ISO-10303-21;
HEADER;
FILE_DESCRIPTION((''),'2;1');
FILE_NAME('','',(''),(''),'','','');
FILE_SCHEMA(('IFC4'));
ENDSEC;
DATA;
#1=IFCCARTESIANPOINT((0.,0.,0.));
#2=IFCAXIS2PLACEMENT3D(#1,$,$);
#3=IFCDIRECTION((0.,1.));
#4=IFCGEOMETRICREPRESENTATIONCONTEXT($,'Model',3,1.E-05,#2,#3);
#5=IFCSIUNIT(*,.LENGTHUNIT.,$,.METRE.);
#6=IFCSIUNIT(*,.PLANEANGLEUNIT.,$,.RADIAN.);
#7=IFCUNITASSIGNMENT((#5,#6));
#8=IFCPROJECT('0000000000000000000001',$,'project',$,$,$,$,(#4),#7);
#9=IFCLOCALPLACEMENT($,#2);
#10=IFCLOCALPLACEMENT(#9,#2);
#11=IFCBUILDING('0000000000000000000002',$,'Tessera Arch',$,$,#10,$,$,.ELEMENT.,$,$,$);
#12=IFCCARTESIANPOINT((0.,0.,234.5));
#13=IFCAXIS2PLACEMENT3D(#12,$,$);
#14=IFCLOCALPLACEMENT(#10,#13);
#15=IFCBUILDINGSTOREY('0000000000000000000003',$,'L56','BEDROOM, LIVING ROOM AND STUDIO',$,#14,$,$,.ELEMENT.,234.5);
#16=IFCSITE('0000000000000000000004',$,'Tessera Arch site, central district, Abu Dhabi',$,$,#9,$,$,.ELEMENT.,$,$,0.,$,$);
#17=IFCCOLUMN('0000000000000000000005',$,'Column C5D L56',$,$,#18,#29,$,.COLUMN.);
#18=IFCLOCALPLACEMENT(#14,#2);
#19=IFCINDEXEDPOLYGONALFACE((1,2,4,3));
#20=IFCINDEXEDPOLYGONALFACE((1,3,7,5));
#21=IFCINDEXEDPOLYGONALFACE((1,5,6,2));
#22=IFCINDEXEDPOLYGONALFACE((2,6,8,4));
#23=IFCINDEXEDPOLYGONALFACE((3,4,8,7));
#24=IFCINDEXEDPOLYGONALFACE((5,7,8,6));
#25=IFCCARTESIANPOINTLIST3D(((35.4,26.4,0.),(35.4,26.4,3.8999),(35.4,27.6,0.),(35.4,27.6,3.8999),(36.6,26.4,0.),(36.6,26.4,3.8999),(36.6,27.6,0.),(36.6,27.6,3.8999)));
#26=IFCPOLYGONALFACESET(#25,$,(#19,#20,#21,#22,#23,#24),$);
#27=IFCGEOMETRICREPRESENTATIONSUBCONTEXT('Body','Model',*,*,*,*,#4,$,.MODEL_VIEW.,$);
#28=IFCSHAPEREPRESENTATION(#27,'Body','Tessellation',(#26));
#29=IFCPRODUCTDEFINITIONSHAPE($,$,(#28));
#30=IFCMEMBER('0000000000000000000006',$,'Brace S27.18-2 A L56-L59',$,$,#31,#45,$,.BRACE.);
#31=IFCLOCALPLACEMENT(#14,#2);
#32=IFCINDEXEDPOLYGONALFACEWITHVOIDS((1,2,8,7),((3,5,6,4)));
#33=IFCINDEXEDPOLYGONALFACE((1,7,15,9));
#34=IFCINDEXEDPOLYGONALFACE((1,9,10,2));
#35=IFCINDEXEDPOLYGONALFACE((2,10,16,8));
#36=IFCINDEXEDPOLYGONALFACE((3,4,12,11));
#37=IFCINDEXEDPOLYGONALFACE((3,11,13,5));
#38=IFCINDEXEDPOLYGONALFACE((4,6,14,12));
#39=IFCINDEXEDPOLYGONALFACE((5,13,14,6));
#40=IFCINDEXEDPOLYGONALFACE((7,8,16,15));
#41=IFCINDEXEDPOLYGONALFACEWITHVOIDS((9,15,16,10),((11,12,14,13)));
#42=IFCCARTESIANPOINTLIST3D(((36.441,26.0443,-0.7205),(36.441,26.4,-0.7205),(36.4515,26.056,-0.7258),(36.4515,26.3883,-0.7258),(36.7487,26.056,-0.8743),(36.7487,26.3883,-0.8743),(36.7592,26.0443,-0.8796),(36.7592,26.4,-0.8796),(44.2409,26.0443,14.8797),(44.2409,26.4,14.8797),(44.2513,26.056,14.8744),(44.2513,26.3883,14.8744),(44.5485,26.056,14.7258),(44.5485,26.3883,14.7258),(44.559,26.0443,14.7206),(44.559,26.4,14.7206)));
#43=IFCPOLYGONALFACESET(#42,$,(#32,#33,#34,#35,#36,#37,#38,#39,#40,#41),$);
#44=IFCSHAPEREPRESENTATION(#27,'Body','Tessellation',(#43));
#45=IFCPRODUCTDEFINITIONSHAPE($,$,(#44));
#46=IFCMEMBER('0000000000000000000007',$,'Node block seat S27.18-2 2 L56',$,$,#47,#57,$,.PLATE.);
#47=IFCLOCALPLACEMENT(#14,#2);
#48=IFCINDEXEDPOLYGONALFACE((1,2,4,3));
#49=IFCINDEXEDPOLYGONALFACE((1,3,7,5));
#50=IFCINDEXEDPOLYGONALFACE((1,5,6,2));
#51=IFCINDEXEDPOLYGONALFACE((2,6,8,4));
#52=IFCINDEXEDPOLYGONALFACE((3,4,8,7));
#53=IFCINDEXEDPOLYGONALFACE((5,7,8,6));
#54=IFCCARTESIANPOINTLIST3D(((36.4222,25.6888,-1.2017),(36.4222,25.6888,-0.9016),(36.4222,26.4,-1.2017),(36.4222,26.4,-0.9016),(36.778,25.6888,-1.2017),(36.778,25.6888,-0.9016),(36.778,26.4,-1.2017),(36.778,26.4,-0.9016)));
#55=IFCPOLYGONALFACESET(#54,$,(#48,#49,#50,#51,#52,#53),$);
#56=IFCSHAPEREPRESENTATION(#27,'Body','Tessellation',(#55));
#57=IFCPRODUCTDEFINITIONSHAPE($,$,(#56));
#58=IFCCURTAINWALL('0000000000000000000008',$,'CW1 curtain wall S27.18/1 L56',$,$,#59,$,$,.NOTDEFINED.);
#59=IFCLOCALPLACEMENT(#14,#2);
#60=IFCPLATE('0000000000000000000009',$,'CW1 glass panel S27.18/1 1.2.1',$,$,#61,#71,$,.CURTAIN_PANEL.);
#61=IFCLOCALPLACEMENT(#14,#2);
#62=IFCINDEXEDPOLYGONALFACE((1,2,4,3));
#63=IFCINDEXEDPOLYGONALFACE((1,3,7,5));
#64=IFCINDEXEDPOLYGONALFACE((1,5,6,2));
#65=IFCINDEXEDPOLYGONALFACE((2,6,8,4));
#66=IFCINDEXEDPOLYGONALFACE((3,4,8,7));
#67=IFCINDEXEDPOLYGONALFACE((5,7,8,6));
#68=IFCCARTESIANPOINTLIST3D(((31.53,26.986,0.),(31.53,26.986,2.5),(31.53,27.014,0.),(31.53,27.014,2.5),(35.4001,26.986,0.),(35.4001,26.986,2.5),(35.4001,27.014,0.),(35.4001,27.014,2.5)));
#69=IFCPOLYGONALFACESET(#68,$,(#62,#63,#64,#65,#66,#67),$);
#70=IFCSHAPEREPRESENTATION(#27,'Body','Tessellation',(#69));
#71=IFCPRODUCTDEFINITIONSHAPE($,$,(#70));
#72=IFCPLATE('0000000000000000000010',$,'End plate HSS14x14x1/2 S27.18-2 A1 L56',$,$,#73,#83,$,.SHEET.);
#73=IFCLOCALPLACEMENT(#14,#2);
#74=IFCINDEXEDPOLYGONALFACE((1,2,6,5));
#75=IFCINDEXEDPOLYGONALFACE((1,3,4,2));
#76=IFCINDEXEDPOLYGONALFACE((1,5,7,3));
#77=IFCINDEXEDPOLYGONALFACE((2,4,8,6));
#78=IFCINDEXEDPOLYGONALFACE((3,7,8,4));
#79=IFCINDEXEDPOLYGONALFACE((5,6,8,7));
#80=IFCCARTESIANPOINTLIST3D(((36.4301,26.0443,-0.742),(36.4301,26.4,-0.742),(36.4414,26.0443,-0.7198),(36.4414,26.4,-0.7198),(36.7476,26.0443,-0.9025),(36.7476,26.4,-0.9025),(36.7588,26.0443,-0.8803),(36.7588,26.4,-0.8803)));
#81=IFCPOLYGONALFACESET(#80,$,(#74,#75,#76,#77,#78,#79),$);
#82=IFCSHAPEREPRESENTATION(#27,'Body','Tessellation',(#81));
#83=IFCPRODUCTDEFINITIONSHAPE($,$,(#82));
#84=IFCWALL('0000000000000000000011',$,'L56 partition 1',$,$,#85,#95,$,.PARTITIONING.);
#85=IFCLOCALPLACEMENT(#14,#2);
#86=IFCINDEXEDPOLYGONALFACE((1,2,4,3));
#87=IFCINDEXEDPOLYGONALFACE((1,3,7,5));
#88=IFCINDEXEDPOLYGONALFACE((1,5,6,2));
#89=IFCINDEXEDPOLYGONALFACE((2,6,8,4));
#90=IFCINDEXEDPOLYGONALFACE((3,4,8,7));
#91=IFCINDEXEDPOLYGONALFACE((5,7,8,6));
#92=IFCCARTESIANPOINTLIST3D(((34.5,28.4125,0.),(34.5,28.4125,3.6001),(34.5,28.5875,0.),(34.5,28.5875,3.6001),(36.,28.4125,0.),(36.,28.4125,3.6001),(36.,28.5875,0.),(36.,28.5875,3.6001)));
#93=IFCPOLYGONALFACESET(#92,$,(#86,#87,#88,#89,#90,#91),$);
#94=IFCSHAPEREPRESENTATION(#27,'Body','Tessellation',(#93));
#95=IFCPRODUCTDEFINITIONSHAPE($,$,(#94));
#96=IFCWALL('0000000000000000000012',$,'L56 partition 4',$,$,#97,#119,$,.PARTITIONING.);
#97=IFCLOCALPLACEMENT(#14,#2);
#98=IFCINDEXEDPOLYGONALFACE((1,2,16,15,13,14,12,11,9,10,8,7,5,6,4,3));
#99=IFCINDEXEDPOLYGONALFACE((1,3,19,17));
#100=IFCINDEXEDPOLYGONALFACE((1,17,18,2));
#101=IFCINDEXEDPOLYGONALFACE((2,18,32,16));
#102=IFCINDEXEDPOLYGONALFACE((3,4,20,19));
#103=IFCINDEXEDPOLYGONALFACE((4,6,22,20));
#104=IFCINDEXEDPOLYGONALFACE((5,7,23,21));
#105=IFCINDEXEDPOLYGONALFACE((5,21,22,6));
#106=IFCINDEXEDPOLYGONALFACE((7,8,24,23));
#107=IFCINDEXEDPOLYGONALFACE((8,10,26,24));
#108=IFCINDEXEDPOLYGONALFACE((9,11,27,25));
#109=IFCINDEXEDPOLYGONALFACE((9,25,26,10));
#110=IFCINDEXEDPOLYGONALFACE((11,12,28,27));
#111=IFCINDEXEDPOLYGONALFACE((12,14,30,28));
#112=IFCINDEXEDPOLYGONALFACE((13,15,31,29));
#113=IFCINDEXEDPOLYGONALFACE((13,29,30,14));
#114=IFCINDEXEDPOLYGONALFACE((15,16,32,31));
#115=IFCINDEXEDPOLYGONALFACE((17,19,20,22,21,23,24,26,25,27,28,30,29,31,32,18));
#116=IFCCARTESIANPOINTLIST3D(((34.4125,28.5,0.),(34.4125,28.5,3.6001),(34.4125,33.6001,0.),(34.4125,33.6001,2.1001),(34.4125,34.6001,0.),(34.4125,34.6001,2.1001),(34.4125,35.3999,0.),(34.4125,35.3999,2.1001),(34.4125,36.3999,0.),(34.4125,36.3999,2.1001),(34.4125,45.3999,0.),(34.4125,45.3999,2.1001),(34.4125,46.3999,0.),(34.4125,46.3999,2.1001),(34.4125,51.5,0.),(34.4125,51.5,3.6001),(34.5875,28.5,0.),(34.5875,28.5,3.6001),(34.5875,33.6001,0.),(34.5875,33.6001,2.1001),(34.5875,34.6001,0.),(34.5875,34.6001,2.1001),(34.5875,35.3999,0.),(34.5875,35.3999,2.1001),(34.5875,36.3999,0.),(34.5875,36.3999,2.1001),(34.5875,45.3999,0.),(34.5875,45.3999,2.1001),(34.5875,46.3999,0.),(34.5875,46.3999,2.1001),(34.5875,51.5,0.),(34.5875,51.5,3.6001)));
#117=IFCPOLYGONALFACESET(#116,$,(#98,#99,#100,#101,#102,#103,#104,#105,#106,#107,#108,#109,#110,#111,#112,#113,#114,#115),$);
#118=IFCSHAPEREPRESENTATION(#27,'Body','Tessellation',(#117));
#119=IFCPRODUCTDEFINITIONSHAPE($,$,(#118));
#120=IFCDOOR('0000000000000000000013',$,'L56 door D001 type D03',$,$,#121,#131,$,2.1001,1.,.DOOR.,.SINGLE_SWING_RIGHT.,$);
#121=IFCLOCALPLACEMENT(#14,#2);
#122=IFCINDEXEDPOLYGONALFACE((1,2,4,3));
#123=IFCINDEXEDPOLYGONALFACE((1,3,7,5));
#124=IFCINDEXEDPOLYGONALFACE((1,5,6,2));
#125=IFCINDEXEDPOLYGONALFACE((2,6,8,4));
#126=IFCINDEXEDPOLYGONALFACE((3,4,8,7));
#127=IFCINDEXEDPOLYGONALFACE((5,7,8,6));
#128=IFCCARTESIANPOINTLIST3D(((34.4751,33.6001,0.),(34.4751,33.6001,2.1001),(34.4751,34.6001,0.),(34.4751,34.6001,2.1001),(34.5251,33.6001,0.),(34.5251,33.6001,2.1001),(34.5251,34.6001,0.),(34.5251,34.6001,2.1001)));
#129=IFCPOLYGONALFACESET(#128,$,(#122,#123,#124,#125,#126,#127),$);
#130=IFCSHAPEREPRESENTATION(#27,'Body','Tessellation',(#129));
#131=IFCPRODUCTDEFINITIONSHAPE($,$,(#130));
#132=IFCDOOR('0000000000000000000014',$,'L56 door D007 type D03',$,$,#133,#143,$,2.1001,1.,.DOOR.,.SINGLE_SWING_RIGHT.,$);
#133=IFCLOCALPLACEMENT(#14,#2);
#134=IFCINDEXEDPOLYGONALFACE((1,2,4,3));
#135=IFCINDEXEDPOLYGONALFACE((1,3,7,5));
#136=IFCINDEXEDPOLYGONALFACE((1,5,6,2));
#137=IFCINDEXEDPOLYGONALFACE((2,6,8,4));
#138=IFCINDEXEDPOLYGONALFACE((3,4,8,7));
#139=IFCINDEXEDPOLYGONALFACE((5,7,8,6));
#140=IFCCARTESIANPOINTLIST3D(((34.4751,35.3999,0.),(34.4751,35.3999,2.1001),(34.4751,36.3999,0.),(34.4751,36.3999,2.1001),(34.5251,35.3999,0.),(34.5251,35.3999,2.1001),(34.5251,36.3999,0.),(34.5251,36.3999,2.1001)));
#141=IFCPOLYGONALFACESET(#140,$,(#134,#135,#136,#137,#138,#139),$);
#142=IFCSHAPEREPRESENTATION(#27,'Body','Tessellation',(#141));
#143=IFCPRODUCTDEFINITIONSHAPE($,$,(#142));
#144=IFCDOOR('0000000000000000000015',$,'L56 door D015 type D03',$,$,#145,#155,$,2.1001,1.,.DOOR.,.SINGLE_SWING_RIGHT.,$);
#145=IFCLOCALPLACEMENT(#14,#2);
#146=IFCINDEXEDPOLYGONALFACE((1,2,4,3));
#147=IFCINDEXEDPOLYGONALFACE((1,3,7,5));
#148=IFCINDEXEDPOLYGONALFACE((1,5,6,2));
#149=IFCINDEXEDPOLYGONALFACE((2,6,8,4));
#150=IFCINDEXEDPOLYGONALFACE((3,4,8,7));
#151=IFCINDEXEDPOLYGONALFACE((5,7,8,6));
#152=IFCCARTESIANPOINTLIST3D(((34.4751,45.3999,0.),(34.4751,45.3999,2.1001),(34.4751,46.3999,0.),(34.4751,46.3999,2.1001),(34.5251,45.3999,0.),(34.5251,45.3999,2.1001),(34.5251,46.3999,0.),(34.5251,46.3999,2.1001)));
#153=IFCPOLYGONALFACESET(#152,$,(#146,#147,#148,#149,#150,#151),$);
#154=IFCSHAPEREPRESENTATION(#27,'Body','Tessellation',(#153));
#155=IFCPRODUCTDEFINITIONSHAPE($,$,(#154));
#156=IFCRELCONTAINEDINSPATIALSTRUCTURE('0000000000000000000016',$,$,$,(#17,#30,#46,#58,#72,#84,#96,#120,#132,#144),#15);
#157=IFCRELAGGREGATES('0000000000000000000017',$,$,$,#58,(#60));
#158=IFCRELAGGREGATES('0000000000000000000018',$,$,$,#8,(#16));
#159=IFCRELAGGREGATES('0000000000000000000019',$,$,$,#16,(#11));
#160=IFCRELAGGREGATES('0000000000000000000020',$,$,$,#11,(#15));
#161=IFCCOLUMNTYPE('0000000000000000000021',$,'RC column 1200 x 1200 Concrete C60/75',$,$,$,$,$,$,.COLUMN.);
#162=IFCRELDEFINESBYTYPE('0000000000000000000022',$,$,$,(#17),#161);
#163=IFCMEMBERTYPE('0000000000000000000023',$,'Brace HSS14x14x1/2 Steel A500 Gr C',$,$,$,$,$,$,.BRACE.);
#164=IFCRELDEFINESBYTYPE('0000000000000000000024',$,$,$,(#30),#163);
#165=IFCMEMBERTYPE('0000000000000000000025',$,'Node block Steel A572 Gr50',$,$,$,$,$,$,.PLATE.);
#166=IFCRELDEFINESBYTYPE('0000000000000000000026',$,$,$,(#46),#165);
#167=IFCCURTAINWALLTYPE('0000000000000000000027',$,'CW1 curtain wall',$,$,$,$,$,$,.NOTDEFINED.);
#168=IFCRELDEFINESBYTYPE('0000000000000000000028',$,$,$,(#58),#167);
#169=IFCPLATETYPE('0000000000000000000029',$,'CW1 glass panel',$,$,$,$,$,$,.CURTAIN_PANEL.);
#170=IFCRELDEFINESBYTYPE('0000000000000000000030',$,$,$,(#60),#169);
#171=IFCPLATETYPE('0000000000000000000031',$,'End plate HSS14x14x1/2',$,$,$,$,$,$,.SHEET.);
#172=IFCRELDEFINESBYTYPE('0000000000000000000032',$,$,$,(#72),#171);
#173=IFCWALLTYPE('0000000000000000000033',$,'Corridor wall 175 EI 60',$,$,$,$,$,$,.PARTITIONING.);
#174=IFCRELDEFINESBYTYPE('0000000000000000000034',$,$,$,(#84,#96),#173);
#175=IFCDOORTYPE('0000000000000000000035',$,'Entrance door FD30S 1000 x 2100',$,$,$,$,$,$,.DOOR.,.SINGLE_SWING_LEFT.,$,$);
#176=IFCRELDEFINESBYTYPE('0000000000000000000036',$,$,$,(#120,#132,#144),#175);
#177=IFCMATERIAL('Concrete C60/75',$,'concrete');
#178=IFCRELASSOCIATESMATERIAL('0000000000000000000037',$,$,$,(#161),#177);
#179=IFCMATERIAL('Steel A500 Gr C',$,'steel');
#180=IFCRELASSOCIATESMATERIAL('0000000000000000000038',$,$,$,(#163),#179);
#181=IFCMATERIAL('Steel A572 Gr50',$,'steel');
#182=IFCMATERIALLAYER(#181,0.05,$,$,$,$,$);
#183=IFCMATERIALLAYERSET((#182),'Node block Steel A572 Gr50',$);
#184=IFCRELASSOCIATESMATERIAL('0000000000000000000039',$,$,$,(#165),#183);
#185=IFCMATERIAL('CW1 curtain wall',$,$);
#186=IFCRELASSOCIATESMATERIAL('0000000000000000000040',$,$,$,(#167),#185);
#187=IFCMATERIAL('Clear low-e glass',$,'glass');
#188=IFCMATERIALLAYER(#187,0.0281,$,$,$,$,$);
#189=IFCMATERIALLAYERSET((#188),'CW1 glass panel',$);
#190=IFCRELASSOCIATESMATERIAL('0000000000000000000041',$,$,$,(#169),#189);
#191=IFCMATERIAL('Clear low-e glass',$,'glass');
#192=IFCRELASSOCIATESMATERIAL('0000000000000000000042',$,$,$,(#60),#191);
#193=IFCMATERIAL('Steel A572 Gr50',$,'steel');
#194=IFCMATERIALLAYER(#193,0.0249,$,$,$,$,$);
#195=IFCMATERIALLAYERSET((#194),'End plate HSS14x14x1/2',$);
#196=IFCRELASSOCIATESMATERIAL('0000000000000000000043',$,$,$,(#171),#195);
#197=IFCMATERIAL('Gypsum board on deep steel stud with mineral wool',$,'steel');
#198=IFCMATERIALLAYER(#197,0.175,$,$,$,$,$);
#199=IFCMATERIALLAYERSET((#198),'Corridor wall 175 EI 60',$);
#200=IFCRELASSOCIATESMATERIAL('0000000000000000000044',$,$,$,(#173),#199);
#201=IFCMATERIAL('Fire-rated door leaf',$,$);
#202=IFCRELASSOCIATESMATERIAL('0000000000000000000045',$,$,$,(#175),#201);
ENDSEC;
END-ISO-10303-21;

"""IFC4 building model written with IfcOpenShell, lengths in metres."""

from ifc_helpers import new_model, si_unit, direction, frame, frame_2d, origin, origin_2d, place, context, subcontext, project, spatial, rectangle, hollow_rectangle, extrude, material, layer, layer_set, material_profile, profile_set, type_object, element, fill, aggregate, save


model = new_model("IFC4")

# Units and contexts
model_context = context("Model", 3, precision=1e-05, world=origin(), true_north=direction((0.0, 1.0)))
body_context = subcontext(model_context, "Body", "Model", "MODEL_VIEW")
ifc_project = project(units=[si_unit("LENGTHUNIT", "METRE"), si_unit("PLANEANGLEUNIT", "RADIAN")], contexts=[model_context])

# Site, building, storey
site_placement = place(None, origin())
site = spatial("IfcSite", under=ifc_project, at=site_placement, Name="Tessera Arch site, central district, Abu Dhabi", CompositionType="ELEMENT", RefElevation=0.0)
building_placement = place(site_placement, origin())
building = spatial("IfcBuilding", under=site, at=building_placement, Name="Tessera Arch", CompositionType="ELEMENT")
storey_placement = place(building_placement, frame((0.0, 0.0, 234.5)))
storey = spatial("IfcBuildingStorey", under=building, at=storey_placement, Name="L56", Description="BEDROOM, LIVING ROOM AND STUDIO", CompositionType="ELEMENT", Elevation=234.5)

# Column
ifc_material_1 = material(Name="Concrete C60/75", Category="concrete")
ifc_material_profile_1 = material_profile(ifc_material_1, rectangle(XDim=1.2, YDim=1.2, at=origin_2d()), Name="RC column 1200 x 1200 Concrete C60/75")
ifc_profile_set_1 = profile_set([ifc_material_profile_1], Name="Concrete C60/75")
column_type = type_object("IfcColumnType", Name="RC column 1200 x 1200 Concrete C60/75", PredefinedType="COLUMN", material=ifc_profile_set_1)
column_placement = place(storey_placement, frame((36.0, 27.0, 0.0), z_axis=(0.0, 0.0, 1.0), x_axis=(1.0, 0.0, 0.0)))
element("IfcColumn", 1, at=column_placement, inside=storey, type_object=column_type, Name="Column C5D L56", PredefinedType="COLUMN", context=body_context, shape_type="SweptSolid", body=[
    extrude(rectangle(XDim=1.2, YDim=1.2, at=origin_2d()), origin(), (0.0, 0.0, 1.0), 3.8999),
])

# Members
ifc_material_2 = material(Name="Steel A500 Gr C", Category="steel")
ifc_material_profile_2 = material_profile(ifc_material_2, hollow_rectangle(XDim=0.3557, YDim=0.3557, WallThickness=0.0117, at=origin_2d()), Name="HSS14x14x1/2")
ifc_profile_set_2 = profile_set([ifc_material_profile_2], Name="Steel A500 Gr C")
member_type_1 = type_object("IfcMemberType", Name="Brace HSS14x14x1/2 Steel A500 Gr C", PredefinedType="BRACE", material=ifc_profile_set_2)
member_1_placement = place(storey_placement, frame((36.6001, 26.2222, -0.8), z_axis=(0.447202, 0.0, 0.894433), x_axis=(0.0, 1.0, 0.0)))
element("IfcMember", 2, at=member_1_placement, inside=storey, type_object=member_type_1, Name="Brace S27.18-2 A L56-L59", PredefinedType="BRACE", context=body_context, shape_type="SweptSolid", body=[
    extrude(hollow_rectangle(XDim=0.3557, YDim=0.3557, WallThickness=0.0117, at=origin_2d()), origin(), (0.0, 0.0, 1.0), 17.4414),
])
ifc_material_3 = material(Name="Steel A572 Gr50", Category="steel")
ifc_layer_1 = layer(ifc_material_3, 0.05)
ifc_layer_set_1 = layer_set([ifc_layer_1], Name="Node block Steel A572 Gr50")
member_type_2 = type_object("IfcMemberType", Name="Node block Steel A572 Gr50", PredefinedType="PLATE", material=ifc_layer_set_1)
member_2_placement = place(storey_placement, frame((36.6001, 26.0444, -1.2017), z_axis=(0.0, 0.0, 1.0), x_axis=(1.0, 0.0, 0.0)))
element("IfcMember", 3, at=member_2_placement, inside=storey, type_object=member_type_2, Name="Node block seat S27.18-2 2 L56", PredefinedType="PLATE", context=body_context, shape_type="SweptSolid", body=[
    extrude(rectangle(XDim=0.3557, YDim=0.7112, at=origin_2d()), origin(), (0.0, 0.0, 1.0), 0.3),
])

# Curtain wall, plate
ifc_material_4 = material(Name="CW1 curtain wall")
curtain_wall_type = type_object("IfcCurtainWallType", Name="CW1 curtain wall", PredefinedType="NOTDEFINED", material=ifc_material_4)
curtain_wall_placement = place(storey_placement, origin())
curtain_wall = element("IfcCurtainWall", 4, at=curtain_wall_placement, inside=storey, type_object=curtain_wall_type, Name="CW1 curtain wall S27.18/1 L56", PredefinedType="NOTDEFINED")
ifc_material_5 = material(Name="Clear low-e glass", Category="glass")
ifc_material_6 = material(Name="Clear low-e glass", Category="glass")
ifc_layer_2 = layer(ifc_material_6, 0.0281)
ifc_layer_set_2 = layer_set([ifc_layer_2], Name="CW1 glass panel")
plate_type_1 = type_object("IfcPlateType", Name="CW1 glass panel", PredefinedType="CURTAIN_PANEL", material=ifc_layer_set_2)
plate_1_placement = place(storey_placement, frame((33.4651, 27.0, 0.0), z_axis=(0.0, 0.0, 1.0), x_axis=(1.0, 0.0, 0.0)))
plate_1 = element("IfcPlate", 5, at=plate_1_placement, type_object=plate_type_1, material=ifc_material_5, Name="CW1 glass panel S27.18/1 1.2.1", PredefinedType="CURTAIN_PANEL", context=body_context, shape_type="SweptSolid", body=[
    extrude(rectangle(XDim=3.8701, YDim=0.0281, at=origin_2d()), origin(), (0.0, 0.0, 1.0), 2.5),
])
aggregate(curtain_wall, [plate_1])

# Plate
ifc_material_7 = material(Name="Steel A572 Gr50", Category="steel")
ifc_layer_3 = layer(ifc_material_7, 0.0249)
ifc_layer_set_3 = layer_set([ifc_layer_3], Name="End plate HSS14x14x1/2")
plate_type_2 = type_object("IfcPlateType", Name="End plate HSS14x14x1/2", PredefinedType="SHEET", material=ifc_layer_set_3)
plate_2_placement = place(storey_placement, frame((36.5889, 26.2222, -0.8223), z_axis=(0.451132, 0.0, 0.892457), x_axis=(0.0, 1.0, 0.0)))
element("IfcPlate", 6, at=plate_2_placement, inside=storey, type_object=plate_type_2, Name="End plate HSS14x14x1/2 S27.18-2 A1 L56", PredefinedType="SHEET", context=body_context, shape_type="SweptSolid", body=[
    extrude(rectangle(XDim=0.3557, YDim=0.3557, at=origin_2d()), origin(), (0.0, 0.0, 1.0), 0.0249),
])

# Wall
ifc_material_8 = material(Name="Gypsum board on deep steel stud with mineral wool", Category="steel")
ifc_layer_4 = layer(ifc_material_8, 0.175)
ifc_layer_set_4 = layer_set([ifc_layer_4], Name="Corridor wall 175 EI 60")
wall_type_1 = type_object("IfcWallType", Name="Corridor wall 175 EI 60", PredefinedType="PARTITIONING", material=ifc_layer_set_4)
wall_1_placement = place(storey_placement, frame((34.5, 28.5, 0.0), z_axis=(0.0, 0.0, 1.0), x_axis=(1.0, 0.0, 0.0)))
element("IfcWall", 7, at=wall_1_placement, inside=storey, type_object=wall_type_1, Name="L56 partition 1", PredefinedType="PARTITIONING", context=body_context, shape_type="SweptSolid", body=[
    extrude(rectangle(XDim=1.5, YDim=0.175, at=frame_2d((0.75, 0.0))), origin(), (0.0, 0.0, 1.0), 3.6001),
])

# Wall, openings, doors
wall_2_placement = place(storey_placement, frame((34.5, 28.5, 0.0), z_axis=(0.0, 0.0, 1.0), x_axis=(0.0, 1.0, 0.0)))
wall_2 = element("IfcWall", 8, at=wall_2_placement, inside=storey, type_object=wall_type_1, Name="L56 partition 4", PredefinedType="PARTITIONING", context=body_context, shape_type="SweptSolid", body=[
    extrude(rectangle(XDim=23.0, YDim=0.175, at=frame_2d((11.5, 0.0))), origin(), (0.0, 0.0, 1.0), 3.6001),
])
opening_1_placement = place(wall_2_placement, frame((5.1001, 0.0, 0.0)))
opening_1 = element("IfcOpeningElement", 9, at=opening_1_placement, cuts=wall_2, PredefinedType="OPENING", context=body_context, shape_type="SweptSolid", body=[
    extrude(rectangle(XDim=1.0, YDim=2.1001, at=frame_2d((0.5, 1.05))), frame((0.0, 0.0974, 0.0), z_axis=(0.0, -1.0, 0.0), x_axis=(1.0, 0.0, 0.0)), (0.0, 0.0, 1.0), 0.1951),
])
opening_2_placement = place(wall_2_placement, frame((6.8999, 0.0, 0.0)))
opening_2 = element("IfcOpeningElement", 10, at=opening_2_placement, cuts=wall_2, PredefinedType="OPENING", context=body_context, shape_type="SweptSolid", body=[
    extrude(rectangle(XDim=1.0, YDim=2.1001, at=frame_2d((0.5, 1.05))), frame((0.0, 0.0974, 0.0), z_axis=(0.0, -1.0, 0.0), x_axis=(1.0, 0.0, 0.0)), (0.0, 0.0, 1.0), 0.1951),
])
opening_3_placement = place(wall_2_placement, frame((16.8999, 0.0, 0.0)))
opening_3 = element("IfcOpeningElement", 11, at=opening_3_placement, cuts=wall_2, PredefinedType="OPENING", context=body_context, shape_type="SweptSolid", body=[
    extrude(rectangle(XDim=1.0, YDim=2.1001, at=frame_2d((0.5, 1.05))), frame((0.0, 0.0974, 0.0), z_axis=(0.0, -1.0, 0.0), x_axis=(1.0, 0.0, 0.0)), (0.0, 0.0, 1.0), 0.1951),
])
ifc_material_9 = material(Name="Fire-rated door leaf")
door_type_1 = type_object("IfcDoorType", Name="Entrance door FD30S 1000 x 2100", OperationType="SINGLE_SWING_LEFT", PredefinedType="DOOR", material=ifc_material_9)
door_1_placement = place(opening_1_placement, origin())
door_1 = element("IfcDoor", 12, at=door_1_placement, inside=storey, type_object=door_type_1, Name="L56 door D001 type D03", OperationType="SINGLE_SWING_RIGHT", OverallHeight=2.1001, OverallWidth=1.0, PredefinedType="DOOR", context=body_context, shape_type="SweptSolid", body=[
    extrude(rectangle(XDim=1.0, YDim=2.1001, at=frame_2d((0.5, 1.05))), frame((0.0, 0.0249, 0.0), z_axis=(0.0, -1.0, 0.0), x_axis=(1.0, 0.0, 0.0)), (0.0, 0.0, 1.0), 0.05),
])
fill(opening_1, door_1)
door_2_placement = place(opening_2_placement, origin())
door_2 = element("IfcDoor", 13, at=door_2_placement, inside=storey, type_object=door_type_1, Name="L56 door D007 type D03", OperationType="SINGLE_SWING_RIGHT", OverallHeight=2.1001, OverallWidth=1.0, PredefinedType="DOOR", context=body_context, shape_type="SweptSolid", body=[
    extrude(rectangle(XDim=1.0, YDim=2.1001, at=frame_2d((0.5, 1.05))), frame((0.0, 0.0249, 0.0), z_axis=(0.0, -1.0, 0.0), x_axis=(1.0, 0.0, 0.0)), (0.0, 0.0, 1.0), 0.05),
])
fill(opening_2, door_2)
door_3_placement = place(opening_3_placement, origin())
door_3 = element("IfcDoor", 14, at=door_3_placement, inside=storey, type_object=door_type_1, Name="L56 door D015 type D03", OperationType="SINGLE_SWING_RIGHT", OverallHeight=2.1001, OverallWidth=1.0, PredefinedType="DOOR", context=body_context, shape_type="SweptSolid", body=[
    extrude(rectangle(XDim=1.0, YDim=2.1001, at=frame_2d((0.5, 1.05))), frame((0.0, 0.0249, 0.0), z_axis=(0.0, -1.0, 0.0), x_axis=(1.0, 0.0, 0.0)), (0.0, 0.0, 1.0), 0.05),
])
fill(opening_3, door_3)

save(model, "model.ifc")
